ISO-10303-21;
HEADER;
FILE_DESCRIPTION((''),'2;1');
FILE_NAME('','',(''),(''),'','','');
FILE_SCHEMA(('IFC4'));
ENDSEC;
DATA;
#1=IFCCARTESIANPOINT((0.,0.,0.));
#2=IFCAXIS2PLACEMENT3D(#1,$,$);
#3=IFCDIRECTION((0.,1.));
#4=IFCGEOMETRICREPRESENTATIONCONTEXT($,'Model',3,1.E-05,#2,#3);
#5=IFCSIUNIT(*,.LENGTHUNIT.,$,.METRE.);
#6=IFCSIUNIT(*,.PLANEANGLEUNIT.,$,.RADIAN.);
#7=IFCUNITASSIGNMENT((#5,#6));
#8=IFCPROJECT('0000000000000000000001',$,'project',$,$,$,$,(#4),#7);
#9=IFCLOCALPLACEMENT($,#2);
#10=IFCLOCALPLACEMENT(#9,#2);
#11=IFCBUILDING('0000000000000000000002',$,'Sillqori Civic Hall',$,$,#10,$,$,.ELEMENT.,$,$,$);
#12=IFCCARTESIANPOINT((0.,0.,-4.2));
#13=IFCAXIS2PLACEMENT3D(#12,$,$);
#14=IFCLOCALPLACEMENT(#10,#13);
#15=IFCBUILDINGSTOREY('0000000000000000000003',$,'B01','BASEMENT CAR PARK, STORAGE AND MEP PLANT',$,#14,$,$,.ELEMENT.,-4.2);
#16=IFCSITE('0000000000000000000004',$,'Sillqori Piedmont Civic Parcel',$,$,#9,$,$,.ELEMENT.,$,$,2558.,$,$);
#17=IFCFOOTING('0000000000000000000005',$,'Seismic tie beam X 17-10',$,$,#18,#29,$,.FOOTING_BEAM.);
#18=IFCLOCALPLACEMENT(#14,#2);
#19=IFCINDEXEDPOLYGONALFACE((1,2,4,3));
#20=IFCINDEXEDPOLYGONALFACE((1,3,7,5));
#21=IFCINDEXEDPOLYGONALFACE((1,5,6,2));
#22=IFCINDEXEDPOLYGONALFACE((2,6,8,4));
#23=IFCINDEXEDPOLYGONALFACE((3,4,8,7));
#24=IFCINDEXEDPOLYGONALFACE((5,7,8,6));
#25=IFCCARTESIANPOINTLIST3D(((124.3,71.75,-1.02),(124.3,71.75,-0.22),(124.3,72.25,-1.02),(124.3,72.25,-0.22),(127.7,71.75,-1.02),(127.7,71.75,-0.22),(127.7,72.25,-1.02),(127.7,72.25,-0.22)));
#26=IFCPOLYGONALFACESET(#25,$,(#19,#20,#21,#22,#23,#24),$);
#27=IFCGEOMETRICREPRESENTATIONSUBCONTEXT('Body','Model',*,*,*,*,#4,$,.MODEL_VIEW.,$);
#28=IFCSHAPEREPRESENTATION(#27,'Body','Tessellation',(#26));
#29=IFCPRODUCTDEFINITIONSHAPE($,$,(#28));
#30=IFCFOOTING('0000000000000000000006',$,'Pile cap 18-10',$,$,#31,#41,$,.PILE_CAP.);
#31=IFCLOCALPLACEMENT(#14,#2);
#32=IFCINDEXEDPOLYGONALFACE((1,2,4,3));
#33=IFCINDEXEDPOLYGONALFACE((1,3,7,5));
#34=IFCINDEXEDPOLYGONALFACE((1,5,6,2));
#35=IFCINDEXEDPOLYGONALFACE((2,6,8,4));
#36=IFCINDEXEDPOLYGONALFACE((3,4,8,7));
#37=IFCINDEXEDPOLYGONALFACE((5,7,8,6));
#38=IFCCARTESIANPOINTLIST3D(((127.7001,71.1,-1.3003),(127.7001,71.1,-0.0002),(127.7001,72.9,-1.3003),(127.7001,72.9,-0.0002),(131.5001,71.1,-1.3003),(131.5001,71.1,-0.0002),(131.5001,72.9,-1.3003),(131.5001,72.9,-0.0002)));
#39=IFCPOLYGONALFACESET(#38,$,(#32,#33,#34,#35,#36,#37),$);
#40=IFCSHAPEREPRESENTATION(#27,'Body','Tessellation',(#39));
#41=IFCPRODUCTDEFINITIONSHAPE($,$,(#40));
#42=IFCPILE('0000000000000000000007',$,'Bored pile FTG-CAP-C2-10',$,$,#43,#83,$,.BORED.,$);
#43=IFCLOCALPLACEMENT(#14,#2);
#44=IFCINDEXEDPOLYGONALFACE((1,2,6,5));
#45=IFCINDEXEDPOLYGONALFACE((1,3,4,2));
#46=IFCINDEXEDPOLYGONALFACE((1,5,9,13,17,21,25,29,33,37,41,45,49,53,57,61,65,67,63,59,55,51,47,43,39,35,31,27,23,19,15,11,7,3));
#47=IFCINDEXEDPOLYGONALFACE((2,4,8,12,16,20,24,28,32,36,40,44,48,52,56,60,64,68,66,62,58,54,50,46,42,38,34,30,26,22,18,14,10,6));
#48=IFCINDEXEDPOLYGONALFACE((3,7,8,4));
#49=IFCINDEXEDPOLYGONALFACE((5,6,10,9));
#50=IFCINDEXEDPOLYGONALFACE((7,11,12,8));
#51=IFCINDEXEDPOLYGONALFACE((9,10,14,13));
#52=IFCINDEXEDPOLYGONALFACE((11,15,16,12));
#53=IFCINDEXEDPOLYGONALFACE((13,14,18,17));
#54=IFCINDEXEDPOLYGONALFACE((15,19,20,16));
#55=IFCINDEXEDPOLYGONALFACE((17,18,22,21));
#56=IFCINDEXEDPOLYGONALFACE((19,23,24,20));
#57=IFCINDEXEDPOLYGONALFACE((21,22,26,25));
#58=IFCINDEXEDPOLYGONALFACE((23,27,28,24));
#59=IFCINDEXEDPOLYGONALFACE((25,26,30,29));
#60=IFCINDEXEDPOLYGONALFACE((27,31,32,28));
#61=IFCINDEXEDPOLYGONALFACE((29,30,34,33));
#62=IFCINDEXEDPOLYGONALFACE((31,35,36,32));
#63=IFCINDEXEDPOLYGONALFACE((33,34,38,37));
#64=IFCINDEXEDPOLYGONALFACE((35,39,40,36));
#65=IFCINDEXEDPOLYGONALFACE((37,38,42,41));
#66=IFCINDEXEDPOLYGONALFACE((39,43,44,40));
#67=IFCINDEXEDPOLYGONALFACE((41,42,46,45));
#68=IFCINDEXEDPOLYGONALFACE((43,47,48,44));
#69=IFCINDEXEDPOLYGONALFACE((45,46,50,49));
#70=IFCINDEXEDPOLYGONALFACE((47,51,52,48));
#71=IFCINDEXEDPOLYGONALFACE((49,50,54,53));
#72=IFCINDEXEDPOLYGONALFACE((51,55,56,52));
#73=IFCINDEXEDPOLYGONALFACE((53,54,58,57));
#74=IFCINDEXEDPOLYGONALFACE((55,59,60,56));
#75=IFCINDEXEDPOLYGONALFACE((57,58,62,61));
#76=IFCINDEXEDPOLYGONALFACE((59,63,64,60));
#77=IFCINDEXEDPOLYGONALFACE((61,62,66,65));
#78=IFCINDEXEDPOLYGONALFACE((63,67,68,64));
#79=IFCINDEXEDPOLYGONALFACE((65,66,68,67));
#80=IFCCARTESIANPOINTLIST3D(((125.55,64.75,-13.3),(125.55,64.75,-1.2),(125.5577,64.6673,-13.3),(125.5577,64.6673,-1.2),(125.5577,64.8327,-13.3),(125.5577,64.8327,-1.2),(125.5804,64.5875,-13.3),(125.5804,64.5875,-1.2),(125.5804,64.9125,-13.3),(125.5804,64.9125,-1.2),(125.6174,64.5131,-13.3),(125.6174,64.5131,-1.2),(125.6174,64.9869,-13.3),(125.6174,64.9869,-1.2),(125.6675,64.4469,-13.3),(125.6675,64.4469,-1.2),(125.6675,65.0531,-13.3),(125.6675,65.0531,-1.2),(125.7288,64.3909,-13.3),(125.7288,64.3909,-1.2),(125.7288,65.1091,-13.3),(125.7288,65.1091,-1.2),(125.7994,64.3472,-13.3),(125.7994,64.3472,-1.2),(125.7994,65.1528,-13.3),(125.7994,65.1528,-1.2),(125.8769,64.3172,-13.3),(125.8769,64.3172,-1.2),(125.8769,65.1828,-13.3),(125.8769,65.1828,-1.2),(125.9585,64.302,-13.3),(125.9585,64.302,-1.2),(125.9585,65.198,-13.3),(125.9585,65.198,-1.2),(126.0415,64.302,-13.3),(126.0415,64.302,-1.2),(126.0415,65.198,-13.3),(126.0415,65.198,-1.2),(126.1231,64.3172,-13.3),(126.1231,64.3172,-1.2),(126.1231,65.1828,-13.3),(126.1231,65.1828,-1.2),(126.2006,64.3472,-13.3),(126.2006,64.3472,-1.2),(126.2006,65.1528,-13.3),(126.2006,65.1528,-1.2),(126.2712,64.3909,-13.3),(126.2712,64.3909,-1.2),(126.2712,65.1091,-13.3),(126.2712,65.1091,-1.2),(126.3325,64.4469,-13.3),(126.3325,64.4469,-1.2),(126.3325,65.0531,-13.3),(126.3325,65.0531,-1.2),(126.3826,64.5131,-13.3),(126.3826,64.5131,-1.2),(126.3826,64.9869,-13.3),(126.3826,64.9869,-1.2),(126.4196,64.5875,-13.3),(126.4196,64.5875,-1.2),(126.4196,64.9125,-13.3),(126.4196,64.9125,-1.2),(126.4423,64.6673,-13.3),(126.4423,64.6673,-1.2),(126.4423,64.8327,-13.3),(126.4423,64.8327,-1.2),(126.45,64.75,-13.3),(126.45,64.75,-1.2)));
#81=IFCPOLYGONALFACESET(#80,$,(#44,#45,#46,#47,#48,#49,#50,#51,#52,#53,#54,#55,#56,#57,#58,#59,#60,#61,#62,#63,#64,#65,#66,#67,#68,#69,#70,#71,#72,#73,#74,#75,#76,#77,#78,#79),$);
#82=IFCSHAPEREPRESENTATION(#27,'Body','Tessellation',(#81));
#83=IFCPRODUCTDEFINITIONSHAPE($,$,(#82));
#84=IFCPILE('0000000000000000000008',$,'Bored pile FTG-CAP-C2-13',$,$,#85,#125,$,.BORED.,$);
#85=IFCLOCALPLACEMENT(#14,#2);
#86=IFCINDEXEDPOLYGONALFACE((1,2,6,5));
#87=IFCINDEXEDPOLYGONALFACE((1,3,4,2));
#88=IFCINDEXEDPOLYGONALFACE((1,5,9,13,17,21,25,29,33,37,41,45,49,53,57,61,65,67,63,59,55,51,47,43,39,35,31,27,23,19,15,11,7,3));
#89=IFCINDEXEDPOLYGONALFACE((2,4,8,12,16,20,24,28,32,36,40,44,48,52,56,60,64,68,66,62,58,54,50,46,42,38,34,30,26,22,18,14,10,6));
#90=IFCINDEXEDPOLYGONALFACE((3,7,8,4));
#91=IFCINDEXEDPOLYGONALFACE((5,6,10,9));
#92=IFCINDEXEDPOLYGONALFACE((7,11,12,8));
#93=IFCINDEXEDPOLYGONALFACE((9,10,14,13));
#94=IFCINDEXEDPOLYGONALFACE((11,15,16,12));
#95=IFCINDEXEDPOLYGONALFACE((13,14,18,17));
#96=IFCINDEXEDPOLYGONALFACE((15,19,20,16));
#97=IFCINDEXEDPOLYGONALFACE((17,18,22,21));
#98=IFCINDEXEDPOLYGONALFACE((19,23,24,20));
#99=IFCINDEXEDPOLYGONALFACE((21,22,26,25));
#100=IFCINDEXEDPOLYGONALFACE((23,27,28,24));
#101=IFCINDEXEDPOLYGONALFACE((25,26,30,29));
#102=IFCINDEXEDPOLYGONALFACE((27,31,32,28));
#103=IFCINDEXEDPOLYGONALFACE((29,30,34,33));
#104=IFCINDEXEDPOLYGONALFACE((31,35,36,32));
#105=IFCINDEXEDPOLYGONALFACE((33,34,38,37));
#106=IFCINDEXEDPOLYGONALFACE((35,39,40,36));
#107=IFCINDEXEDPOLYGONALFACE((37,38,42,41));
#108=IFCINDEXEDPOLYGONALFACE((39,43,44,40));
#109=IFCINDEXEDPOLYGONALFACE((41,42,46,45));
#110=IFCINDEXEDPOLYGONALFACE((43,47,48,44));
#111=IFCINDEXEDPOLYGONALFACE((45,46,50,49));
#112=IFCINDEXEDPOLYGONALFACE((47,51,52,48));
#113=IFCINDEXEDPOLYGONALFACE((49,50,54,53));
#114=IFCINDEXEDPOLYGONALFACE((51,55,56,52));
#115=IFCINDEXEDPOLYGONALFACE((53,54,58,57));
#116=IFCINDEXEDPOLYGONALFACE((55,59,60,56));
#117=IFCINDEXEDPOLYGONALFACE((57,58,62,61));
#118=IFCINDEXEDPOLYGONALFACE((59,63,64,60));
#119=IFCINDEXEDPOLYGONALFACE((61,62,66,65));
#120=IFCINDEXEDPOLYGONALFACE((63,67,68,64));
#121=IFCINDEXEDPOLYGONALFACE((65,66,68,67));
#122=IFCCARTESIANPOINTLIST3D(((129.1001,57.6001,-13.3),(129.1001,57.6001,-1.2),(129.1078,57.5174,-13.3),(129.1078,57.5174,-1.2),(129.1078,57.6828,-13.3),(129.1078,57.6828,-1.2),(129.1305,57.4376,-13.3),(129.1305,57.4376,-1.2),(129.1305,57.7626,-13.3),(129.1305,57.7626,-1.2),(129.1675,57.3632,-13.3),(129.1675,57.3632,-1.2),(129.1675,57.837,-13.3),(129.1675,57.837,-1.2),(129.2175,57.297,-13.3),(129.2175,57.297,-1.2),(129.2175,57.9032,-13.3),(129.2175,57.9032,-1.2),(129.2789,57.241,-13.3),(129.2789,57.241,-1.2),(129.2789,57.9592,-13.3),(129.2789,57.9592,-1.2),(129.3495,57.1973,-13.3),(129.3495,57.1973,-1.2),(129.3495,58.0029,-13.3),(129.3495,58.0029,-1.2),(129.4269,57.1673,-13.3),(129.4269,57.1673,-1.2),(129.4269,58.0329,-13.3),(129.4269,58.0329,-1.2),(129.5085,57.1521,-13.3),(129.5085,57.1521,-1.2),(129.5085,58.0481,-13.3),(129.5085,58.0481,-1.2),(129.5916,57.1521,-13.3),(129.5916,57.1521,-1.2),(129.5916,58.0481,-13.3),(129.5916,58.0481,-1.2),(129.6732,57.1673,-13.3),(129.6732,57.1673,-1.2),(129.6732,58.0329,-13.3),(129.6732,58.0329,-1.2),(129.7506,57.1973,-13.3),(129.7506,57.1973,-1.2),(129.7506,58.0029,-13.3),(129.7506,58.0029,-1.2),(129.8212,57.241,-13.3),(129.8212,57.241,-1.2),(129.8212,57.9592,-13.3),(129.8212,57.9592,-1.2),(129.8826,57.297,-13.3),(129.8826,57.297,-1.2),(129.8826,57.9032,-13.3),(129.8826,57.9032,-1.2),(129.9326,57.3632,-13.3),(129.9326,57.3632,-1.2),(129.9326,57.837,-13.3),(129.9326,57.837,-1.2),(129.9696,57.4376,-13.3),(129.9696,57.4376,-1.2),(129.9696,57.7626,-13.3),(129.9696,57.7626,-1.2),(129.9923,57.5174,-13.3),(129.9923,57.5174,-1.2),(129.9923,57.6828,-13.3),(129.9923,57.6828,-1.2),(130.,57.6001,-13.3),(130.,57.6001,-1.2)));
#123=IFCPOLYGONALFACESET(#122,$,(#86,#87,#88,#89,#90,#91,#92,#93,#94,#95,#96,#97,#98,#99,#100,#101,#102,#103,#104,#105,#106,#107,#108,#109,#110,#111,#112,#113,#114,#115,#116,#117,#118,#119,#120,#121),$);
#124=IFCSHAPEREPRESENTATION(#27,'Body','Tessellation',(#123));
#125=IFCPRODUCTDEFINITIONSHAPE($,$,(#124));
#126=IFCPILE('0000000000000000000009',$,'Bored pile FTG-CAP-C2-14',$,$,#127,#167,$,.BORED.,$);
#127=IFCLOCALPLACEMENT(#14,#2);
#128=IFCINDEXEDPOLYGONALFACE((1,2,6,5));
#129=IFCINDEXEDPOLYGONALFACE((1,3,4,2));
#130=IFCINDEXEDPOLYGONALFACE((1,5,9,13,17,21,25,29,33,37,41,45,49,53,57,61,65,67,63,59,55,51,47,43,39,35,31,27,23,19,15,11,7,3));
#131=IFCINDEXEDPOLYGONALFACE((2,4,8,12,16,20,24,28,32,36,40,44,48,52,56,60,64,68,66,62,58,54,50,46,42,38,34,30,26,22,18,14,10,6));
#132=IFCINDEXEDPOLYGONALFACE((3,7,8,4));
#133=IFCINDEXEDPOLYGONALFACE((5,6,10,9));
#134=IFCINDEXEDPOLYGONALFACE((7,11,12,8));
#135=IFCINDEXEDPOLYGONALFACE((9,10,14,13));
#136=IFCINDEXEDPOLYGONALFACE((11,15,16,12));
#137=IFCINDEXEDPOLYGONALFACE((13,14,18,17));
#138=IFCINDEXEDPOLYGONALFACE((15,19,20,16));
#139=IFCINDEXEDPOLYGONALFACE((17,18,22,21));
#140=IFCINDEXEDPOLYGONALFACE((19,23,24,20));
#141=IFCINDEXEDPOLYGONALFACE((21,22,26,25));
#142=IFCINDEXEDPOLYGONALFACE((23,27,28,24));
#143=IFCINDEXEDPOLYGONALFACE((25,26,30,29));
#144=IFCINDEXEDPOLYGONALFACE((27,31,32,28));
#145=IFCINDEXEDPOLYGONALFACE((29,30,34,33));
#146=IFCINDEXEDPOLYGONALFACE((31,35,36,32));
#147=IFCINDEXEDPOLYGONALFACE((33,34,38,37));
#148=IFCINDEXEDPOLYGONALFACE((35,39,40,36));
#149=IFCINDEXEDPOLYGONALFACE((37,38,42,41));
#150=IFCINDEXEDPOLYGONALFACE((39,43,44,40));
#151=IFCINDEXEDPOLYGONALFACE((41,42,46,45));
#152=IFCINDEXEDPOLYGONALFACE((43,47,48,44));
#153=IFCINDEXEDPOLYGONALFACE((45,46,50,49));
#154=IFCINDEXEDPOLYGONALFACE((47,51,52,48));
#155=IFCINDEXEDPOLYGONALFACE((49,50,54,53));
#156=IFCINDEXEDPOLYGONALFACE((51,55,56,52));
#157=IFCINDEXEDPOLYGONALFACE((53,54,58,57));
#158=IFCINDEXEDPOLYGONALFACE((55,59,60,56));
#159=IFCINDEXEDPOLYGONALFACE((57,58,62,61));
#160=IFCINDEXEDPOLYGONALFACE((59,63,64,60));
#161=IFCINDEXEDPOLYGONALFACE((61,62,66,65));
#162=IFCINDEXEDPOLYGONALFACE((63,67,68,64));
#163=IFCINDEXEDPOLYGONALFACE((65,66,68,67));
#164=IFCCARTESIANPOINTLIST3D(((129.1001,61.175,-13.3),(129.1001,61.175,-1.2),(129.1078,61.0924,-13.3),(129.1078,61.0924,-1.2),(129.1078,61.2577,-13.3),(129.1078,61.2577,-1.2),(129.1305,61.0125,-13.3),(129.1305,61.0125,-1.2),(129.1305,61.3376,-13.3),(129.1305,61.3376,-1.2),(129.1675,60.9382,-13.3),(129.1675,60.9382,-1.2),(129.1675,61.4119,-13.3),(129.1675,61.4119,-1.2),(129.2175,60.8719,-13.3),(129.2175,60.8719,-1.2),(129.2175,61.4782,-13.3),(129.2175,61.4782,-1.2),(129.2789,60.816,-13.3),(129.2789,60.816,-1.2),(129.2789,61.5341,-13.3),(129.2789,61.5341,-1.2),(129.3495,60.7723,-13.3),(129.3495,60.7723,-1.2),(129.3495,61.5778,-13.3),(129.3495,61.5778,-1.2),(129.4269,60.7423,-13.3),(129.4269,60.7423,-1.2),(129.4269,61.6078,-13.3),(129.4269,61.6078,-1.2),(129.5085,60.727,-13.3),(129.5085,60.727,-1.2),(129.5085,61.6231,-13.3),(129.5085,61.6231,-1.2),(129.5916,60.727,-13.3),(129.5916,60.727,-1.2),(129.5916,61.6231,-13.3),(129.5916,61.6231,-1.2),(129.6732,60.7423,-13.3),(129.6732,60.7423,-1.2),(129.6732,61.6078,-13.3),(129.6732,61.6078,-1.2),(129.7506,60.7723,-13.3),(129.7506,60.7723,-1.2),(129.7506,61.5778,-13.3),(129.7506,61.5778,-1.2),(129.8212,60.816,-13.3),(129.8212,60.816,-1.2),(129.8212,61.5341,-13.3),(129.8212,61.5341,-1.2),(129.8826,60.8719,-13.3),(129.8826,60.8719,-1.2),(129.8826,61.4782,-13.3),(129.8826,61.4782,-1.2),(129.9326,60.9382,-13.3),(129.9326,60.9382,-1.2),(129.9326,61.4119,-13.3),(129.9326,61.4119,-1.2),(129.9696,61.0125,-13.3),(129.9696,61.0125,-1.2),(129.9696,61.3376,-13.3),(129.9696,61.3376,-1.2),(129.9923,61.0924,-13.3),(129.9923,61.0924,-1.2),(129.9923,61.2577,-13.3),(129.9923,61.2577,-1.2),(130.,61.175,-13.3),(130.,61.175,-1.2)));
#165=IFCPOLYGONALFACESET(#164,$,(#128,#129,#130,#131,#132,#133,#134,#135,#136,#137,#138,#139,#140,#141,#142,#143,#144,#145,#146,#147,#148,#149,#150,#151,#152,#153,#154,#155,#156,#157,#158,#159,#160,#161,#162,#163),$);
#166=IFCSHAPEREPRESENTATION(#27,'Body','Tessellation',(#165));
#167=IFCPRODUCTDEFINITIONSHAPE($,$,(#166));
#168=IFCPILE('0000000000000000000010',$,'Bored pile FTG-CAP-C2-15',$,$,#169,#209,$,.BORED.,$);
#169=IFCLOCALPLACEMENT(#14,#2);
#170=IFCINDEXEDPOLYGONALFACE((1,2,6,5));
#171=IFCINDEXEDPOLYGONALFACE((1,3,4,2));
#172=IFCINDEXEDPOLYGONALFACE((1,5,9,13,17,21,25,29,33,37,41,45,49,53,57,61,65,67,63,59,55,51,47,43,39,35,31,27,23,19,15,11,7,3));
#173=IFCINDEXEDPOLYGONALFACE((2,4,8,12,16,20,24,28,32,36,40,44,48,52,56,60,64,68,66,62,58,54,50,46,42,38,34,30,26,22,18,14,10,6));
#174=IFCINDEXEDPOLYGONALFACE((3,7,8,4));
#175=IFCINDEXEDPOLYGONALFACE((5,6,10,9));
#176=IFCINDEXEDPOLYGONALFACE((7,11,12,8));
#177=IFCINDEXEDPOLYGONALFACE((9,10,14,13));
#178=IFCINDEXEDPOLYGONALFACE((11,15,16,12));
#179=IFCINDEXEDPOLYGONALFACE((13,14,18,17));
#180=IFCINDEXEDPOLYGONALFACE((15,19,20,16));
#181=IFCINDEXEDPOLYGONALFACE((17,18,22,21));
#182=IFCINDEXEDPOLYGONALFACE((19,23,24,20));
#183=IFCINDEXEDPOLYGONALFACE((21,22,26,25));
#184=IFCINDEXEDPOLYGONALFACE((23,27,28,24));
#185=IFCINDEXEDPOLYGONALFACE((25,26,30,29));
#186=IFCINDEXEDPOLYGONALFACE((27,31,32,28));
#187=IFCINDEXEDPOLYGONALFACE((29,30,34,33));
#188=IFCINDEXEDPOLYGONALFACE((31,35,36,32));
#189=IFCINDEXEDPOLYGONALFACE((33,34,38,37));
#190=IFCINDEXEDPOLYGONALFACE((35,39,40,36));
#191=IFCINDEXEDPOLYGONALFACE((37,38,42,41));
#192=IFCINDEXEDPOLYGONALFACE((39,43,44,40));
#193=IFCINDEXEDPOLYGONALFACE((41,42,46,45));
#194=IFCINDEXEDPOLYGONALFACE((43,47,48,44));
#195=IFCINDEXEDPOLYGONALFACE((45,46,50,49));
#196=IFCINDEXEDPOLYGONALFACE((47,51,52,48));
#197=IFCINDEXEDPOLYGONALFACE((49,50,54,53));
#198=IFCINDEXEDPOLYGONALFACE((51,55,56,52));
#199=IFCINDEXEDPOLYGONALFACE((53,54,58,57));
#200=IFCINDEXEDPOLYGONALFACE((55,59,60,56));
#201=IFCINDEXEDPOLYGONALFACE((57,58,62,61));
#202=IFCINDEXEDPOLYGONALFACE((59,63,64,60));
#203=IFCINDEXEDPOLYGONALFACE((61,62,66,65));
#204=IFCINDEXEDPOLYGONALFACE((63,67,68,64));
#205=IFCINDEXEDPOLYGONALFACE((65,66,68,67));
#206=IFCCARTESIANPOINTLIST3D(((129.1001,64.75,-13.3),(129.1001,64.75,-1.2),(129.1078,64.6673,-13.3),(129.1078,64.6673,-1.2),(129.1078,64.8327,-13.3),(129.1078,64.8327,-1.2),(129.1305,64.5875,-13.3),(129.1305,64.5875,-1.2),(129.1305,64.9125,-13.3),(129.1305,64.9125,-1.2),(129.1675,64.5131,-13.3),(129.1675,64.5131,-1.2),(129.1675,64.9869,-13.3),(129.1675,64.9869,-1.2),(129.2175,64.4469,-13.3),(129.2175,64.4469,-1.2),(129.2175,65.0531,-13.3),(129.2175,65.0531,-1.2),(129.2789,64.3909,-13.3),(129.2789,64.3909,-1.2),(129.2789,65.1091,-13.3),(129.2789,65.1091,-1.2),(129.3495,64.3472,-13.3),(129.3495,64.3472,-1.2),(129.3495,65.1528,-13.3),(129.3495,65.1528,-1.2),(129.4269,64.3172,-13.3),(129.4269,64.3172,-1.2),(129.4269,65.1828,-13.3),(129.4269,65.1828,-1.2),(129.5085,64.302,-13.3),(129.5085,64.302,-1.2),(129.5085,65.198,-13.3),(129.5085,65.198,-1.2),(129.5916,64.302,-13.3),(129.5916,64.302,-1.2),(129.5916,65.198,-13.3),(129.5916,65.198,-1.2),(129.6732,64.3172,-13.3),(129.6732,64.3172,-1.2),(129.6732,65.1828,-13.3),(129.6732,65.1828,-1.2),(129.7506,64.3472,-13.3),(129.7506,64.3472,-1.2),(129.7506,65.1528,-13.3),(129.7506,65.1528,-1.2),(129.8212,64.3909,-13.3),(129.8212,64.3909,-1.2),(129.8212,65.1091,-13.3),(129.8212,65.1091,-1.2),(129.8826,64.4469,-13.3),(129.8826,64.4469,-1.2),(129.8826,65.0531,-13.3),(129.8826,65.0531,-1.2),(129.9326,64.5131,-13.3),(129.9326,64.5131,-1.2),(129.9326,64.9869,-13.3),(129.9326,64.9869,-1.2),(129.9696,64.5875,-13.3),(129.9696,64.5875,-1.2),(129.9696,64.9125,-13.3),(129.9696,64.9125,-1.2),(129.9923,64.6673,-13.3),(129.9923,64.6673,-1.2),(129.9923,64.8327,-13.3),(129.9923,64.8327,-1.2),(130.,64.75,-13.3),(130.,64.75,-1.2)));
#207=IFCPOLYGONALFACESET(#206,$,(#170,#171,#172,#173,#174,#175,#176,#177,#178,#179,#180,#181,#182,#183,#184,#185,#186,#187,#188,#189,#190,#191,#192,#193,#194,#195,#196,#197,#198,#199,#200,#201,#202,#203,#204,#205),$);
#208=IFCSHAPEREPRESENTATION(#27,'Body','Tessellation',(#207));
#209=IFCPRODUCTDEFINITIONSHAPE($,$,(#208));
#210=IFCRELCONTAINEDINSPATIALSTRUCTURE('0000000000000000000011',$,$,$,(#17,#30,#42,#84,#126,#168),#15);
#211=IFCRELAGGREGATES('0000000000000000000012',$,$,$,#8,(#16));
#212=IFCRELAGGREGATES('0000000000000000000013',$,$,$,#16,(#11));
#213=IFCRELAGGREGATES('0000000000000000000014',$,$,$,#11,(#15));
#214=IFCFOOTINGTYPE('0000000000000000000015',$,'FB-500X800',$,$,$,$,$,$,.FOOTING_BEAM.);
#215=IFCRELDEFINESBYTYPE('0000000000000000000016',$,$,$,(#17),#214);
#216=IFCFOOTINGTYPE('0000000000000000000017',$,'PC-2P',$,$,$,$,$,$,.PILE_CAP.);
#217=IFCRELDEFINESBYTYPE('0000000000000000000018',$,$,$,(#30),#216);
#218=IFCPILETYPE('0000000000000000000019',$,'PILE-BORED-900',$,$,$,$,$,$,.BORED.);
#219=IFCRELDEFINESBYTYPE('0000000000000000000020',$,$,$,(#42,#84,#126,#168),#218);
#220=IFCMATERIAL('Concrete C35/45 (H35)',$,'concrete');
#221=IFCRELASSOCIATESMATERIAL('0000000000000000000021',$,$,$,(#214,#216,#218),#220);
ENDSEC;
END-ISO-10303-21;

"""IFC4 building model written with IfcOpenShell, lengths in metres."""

from ifc_helpers import new_model, si_unit, direction, frame, origin, origin_2d, place, context, subcontext, project, spatial, rectangle, circle, extrude, material, material_profile, profile_set, type_object, element, save


model = new_model("IFC4")

# Units and contexts
model_context = context("Model", 3, precision=1e-05, world=origin(), true_north=direction((0.0, 1.0)))
body_context = subcontext(model_context, "Body", "Model", "MODEL_VIEW")
ifc_project = project(units=[si_unit("LENGTHUNIT", "METRE"), si_unit("PLANEANGLEUNIT", "RADIAN")], contexts=[model_context])

# Site, building, storey
site_placement = place(None, origin())
site = spatial("IfcSite", under=ifc_project, at=site_placement, Name="Sillqori Piedmont Civic Parcel", CompositionType="ELEMENT", RefElevation=2558.0)
building_placement = place(site_placement, origin())
building = spatial("IfcBuilding", under=site, at=building_placement, Name="Sillqori Civic Hall", CompositionType="ELEMENT")
storey_placement = place(building_placement, frame((0.0, 0.0, -4.2)))
storey = spatial("IfcBuildingStorey", under=building, at=storey_placement, Name="B01", Description="BASEMENT CAR PARK, STORAGE AND MEP PLANT", CompositionType="ELEMENT", Elevation=-4.2)

# Footings
ifc_material_1 = material(Name="Concrete C35/45 (H35)", Category="concrete")
footing_type_1 = type_object("IfcFootingType", Name="FB-500X800", PredefinedType="FOOTING_BEAM", material=ifc_material_1)
footing_1_placement = place(storey_placement, frame((126.0, 72.0, -1.02), z_axis=(0.0, 0.0, 1.0), x_axis=(1.0, 0.0, 0.0)))
element("IfcFooting", 1, at=footing_1_placement, inside=storey, type_object=footing_type_1, Name="Seismic tie beam X 17-10", PredefinedType="FOOTING_BEAM", context=body_context, shape_type="SweptSolid", body=[
    extrude(rectangle(XDim=3.3999, YDim=0.5, at=origin_2d()), origin(), (0.0, 0.0, 1.0), 0.8),
])
footing_type_2 = type_object("IfcFootingType", Name="PC-2P", PredefinedType="PILE_CAP", material=ifc_material_1)
footing_2_placement = place(storey_placement, frame((129.6001, 72.0, -1.3003), z_axis=(0.0, 0.0, 1.0), x_axis=(1.0, 0.0, 0.0)))
element("IfcFooting", 2, at=footing_2_placement, inside=storey, type_object=footing_type_2, Name="Pile cap 18-10", PredefinedType="PILE_CAP", context=body_context, shape_type="SweptSolid", body=[
    extrude(rectangle(XDim=3.8, YDim=1.8, at=origin_2d()), origin(), (0.0, 0.0, 1.0), 1.3),
])

# Piles
ifc_material_profile_1 = material_profile(ifc_material_1, circle(Radius=0.45, at=origin_2d()), Name="BORED PILE 900")
ifc_profile_set_1 = profile_set([ifc_material_profile_1], Name="Concrete C35/45 (H35)")
pile_type = type_object("IfcPileType", Name="PILE-BORED-900", PredefinedType="BORED", material=ifc_profile_set_1)
for number, where, z_axis, x_axis, name in (
    (3, (126.0, 64.75, -1.2), (0.0, 0.0, -1.0), (1.0, 0.0, 0.0), "Bored pile FTG-CAP-C2-10"),
    (4, (129.55, 57.6001, -1.2), (0.0, 0.0, -1.0), (1.0, 0.0, 0.0), "Bored pile FTG-CAP-C2-13"),
    (5, (129.55, 61.175, -1.2), (0.0, 0.0, -1.0), (1.0, 0.0, 0.0), "Bored pile FTG-CAP-C2-14"),
    (6, (129.55, 64.75, -1.2), (0.0, 0.0, -1.0), (1.0, 0.0, 0.0), "Bored pile FTG-CAP-C2-15"),
):
    element("IfcPile", number, at=place(storey_placement, frame(where, z_axis=z_axis, x_axis=x_axis)), inside=storey, type_object=pile_type, Name=name, PredefinedType="BORED", context=body_context, shape_type="SweptSolid", body=[
        extrude(circle(Radius=0.45, at=origin_2d()), origin(), (0.0, 0.0, 1.0), 12.1001),
    ])

save(model, "model.ifc")
